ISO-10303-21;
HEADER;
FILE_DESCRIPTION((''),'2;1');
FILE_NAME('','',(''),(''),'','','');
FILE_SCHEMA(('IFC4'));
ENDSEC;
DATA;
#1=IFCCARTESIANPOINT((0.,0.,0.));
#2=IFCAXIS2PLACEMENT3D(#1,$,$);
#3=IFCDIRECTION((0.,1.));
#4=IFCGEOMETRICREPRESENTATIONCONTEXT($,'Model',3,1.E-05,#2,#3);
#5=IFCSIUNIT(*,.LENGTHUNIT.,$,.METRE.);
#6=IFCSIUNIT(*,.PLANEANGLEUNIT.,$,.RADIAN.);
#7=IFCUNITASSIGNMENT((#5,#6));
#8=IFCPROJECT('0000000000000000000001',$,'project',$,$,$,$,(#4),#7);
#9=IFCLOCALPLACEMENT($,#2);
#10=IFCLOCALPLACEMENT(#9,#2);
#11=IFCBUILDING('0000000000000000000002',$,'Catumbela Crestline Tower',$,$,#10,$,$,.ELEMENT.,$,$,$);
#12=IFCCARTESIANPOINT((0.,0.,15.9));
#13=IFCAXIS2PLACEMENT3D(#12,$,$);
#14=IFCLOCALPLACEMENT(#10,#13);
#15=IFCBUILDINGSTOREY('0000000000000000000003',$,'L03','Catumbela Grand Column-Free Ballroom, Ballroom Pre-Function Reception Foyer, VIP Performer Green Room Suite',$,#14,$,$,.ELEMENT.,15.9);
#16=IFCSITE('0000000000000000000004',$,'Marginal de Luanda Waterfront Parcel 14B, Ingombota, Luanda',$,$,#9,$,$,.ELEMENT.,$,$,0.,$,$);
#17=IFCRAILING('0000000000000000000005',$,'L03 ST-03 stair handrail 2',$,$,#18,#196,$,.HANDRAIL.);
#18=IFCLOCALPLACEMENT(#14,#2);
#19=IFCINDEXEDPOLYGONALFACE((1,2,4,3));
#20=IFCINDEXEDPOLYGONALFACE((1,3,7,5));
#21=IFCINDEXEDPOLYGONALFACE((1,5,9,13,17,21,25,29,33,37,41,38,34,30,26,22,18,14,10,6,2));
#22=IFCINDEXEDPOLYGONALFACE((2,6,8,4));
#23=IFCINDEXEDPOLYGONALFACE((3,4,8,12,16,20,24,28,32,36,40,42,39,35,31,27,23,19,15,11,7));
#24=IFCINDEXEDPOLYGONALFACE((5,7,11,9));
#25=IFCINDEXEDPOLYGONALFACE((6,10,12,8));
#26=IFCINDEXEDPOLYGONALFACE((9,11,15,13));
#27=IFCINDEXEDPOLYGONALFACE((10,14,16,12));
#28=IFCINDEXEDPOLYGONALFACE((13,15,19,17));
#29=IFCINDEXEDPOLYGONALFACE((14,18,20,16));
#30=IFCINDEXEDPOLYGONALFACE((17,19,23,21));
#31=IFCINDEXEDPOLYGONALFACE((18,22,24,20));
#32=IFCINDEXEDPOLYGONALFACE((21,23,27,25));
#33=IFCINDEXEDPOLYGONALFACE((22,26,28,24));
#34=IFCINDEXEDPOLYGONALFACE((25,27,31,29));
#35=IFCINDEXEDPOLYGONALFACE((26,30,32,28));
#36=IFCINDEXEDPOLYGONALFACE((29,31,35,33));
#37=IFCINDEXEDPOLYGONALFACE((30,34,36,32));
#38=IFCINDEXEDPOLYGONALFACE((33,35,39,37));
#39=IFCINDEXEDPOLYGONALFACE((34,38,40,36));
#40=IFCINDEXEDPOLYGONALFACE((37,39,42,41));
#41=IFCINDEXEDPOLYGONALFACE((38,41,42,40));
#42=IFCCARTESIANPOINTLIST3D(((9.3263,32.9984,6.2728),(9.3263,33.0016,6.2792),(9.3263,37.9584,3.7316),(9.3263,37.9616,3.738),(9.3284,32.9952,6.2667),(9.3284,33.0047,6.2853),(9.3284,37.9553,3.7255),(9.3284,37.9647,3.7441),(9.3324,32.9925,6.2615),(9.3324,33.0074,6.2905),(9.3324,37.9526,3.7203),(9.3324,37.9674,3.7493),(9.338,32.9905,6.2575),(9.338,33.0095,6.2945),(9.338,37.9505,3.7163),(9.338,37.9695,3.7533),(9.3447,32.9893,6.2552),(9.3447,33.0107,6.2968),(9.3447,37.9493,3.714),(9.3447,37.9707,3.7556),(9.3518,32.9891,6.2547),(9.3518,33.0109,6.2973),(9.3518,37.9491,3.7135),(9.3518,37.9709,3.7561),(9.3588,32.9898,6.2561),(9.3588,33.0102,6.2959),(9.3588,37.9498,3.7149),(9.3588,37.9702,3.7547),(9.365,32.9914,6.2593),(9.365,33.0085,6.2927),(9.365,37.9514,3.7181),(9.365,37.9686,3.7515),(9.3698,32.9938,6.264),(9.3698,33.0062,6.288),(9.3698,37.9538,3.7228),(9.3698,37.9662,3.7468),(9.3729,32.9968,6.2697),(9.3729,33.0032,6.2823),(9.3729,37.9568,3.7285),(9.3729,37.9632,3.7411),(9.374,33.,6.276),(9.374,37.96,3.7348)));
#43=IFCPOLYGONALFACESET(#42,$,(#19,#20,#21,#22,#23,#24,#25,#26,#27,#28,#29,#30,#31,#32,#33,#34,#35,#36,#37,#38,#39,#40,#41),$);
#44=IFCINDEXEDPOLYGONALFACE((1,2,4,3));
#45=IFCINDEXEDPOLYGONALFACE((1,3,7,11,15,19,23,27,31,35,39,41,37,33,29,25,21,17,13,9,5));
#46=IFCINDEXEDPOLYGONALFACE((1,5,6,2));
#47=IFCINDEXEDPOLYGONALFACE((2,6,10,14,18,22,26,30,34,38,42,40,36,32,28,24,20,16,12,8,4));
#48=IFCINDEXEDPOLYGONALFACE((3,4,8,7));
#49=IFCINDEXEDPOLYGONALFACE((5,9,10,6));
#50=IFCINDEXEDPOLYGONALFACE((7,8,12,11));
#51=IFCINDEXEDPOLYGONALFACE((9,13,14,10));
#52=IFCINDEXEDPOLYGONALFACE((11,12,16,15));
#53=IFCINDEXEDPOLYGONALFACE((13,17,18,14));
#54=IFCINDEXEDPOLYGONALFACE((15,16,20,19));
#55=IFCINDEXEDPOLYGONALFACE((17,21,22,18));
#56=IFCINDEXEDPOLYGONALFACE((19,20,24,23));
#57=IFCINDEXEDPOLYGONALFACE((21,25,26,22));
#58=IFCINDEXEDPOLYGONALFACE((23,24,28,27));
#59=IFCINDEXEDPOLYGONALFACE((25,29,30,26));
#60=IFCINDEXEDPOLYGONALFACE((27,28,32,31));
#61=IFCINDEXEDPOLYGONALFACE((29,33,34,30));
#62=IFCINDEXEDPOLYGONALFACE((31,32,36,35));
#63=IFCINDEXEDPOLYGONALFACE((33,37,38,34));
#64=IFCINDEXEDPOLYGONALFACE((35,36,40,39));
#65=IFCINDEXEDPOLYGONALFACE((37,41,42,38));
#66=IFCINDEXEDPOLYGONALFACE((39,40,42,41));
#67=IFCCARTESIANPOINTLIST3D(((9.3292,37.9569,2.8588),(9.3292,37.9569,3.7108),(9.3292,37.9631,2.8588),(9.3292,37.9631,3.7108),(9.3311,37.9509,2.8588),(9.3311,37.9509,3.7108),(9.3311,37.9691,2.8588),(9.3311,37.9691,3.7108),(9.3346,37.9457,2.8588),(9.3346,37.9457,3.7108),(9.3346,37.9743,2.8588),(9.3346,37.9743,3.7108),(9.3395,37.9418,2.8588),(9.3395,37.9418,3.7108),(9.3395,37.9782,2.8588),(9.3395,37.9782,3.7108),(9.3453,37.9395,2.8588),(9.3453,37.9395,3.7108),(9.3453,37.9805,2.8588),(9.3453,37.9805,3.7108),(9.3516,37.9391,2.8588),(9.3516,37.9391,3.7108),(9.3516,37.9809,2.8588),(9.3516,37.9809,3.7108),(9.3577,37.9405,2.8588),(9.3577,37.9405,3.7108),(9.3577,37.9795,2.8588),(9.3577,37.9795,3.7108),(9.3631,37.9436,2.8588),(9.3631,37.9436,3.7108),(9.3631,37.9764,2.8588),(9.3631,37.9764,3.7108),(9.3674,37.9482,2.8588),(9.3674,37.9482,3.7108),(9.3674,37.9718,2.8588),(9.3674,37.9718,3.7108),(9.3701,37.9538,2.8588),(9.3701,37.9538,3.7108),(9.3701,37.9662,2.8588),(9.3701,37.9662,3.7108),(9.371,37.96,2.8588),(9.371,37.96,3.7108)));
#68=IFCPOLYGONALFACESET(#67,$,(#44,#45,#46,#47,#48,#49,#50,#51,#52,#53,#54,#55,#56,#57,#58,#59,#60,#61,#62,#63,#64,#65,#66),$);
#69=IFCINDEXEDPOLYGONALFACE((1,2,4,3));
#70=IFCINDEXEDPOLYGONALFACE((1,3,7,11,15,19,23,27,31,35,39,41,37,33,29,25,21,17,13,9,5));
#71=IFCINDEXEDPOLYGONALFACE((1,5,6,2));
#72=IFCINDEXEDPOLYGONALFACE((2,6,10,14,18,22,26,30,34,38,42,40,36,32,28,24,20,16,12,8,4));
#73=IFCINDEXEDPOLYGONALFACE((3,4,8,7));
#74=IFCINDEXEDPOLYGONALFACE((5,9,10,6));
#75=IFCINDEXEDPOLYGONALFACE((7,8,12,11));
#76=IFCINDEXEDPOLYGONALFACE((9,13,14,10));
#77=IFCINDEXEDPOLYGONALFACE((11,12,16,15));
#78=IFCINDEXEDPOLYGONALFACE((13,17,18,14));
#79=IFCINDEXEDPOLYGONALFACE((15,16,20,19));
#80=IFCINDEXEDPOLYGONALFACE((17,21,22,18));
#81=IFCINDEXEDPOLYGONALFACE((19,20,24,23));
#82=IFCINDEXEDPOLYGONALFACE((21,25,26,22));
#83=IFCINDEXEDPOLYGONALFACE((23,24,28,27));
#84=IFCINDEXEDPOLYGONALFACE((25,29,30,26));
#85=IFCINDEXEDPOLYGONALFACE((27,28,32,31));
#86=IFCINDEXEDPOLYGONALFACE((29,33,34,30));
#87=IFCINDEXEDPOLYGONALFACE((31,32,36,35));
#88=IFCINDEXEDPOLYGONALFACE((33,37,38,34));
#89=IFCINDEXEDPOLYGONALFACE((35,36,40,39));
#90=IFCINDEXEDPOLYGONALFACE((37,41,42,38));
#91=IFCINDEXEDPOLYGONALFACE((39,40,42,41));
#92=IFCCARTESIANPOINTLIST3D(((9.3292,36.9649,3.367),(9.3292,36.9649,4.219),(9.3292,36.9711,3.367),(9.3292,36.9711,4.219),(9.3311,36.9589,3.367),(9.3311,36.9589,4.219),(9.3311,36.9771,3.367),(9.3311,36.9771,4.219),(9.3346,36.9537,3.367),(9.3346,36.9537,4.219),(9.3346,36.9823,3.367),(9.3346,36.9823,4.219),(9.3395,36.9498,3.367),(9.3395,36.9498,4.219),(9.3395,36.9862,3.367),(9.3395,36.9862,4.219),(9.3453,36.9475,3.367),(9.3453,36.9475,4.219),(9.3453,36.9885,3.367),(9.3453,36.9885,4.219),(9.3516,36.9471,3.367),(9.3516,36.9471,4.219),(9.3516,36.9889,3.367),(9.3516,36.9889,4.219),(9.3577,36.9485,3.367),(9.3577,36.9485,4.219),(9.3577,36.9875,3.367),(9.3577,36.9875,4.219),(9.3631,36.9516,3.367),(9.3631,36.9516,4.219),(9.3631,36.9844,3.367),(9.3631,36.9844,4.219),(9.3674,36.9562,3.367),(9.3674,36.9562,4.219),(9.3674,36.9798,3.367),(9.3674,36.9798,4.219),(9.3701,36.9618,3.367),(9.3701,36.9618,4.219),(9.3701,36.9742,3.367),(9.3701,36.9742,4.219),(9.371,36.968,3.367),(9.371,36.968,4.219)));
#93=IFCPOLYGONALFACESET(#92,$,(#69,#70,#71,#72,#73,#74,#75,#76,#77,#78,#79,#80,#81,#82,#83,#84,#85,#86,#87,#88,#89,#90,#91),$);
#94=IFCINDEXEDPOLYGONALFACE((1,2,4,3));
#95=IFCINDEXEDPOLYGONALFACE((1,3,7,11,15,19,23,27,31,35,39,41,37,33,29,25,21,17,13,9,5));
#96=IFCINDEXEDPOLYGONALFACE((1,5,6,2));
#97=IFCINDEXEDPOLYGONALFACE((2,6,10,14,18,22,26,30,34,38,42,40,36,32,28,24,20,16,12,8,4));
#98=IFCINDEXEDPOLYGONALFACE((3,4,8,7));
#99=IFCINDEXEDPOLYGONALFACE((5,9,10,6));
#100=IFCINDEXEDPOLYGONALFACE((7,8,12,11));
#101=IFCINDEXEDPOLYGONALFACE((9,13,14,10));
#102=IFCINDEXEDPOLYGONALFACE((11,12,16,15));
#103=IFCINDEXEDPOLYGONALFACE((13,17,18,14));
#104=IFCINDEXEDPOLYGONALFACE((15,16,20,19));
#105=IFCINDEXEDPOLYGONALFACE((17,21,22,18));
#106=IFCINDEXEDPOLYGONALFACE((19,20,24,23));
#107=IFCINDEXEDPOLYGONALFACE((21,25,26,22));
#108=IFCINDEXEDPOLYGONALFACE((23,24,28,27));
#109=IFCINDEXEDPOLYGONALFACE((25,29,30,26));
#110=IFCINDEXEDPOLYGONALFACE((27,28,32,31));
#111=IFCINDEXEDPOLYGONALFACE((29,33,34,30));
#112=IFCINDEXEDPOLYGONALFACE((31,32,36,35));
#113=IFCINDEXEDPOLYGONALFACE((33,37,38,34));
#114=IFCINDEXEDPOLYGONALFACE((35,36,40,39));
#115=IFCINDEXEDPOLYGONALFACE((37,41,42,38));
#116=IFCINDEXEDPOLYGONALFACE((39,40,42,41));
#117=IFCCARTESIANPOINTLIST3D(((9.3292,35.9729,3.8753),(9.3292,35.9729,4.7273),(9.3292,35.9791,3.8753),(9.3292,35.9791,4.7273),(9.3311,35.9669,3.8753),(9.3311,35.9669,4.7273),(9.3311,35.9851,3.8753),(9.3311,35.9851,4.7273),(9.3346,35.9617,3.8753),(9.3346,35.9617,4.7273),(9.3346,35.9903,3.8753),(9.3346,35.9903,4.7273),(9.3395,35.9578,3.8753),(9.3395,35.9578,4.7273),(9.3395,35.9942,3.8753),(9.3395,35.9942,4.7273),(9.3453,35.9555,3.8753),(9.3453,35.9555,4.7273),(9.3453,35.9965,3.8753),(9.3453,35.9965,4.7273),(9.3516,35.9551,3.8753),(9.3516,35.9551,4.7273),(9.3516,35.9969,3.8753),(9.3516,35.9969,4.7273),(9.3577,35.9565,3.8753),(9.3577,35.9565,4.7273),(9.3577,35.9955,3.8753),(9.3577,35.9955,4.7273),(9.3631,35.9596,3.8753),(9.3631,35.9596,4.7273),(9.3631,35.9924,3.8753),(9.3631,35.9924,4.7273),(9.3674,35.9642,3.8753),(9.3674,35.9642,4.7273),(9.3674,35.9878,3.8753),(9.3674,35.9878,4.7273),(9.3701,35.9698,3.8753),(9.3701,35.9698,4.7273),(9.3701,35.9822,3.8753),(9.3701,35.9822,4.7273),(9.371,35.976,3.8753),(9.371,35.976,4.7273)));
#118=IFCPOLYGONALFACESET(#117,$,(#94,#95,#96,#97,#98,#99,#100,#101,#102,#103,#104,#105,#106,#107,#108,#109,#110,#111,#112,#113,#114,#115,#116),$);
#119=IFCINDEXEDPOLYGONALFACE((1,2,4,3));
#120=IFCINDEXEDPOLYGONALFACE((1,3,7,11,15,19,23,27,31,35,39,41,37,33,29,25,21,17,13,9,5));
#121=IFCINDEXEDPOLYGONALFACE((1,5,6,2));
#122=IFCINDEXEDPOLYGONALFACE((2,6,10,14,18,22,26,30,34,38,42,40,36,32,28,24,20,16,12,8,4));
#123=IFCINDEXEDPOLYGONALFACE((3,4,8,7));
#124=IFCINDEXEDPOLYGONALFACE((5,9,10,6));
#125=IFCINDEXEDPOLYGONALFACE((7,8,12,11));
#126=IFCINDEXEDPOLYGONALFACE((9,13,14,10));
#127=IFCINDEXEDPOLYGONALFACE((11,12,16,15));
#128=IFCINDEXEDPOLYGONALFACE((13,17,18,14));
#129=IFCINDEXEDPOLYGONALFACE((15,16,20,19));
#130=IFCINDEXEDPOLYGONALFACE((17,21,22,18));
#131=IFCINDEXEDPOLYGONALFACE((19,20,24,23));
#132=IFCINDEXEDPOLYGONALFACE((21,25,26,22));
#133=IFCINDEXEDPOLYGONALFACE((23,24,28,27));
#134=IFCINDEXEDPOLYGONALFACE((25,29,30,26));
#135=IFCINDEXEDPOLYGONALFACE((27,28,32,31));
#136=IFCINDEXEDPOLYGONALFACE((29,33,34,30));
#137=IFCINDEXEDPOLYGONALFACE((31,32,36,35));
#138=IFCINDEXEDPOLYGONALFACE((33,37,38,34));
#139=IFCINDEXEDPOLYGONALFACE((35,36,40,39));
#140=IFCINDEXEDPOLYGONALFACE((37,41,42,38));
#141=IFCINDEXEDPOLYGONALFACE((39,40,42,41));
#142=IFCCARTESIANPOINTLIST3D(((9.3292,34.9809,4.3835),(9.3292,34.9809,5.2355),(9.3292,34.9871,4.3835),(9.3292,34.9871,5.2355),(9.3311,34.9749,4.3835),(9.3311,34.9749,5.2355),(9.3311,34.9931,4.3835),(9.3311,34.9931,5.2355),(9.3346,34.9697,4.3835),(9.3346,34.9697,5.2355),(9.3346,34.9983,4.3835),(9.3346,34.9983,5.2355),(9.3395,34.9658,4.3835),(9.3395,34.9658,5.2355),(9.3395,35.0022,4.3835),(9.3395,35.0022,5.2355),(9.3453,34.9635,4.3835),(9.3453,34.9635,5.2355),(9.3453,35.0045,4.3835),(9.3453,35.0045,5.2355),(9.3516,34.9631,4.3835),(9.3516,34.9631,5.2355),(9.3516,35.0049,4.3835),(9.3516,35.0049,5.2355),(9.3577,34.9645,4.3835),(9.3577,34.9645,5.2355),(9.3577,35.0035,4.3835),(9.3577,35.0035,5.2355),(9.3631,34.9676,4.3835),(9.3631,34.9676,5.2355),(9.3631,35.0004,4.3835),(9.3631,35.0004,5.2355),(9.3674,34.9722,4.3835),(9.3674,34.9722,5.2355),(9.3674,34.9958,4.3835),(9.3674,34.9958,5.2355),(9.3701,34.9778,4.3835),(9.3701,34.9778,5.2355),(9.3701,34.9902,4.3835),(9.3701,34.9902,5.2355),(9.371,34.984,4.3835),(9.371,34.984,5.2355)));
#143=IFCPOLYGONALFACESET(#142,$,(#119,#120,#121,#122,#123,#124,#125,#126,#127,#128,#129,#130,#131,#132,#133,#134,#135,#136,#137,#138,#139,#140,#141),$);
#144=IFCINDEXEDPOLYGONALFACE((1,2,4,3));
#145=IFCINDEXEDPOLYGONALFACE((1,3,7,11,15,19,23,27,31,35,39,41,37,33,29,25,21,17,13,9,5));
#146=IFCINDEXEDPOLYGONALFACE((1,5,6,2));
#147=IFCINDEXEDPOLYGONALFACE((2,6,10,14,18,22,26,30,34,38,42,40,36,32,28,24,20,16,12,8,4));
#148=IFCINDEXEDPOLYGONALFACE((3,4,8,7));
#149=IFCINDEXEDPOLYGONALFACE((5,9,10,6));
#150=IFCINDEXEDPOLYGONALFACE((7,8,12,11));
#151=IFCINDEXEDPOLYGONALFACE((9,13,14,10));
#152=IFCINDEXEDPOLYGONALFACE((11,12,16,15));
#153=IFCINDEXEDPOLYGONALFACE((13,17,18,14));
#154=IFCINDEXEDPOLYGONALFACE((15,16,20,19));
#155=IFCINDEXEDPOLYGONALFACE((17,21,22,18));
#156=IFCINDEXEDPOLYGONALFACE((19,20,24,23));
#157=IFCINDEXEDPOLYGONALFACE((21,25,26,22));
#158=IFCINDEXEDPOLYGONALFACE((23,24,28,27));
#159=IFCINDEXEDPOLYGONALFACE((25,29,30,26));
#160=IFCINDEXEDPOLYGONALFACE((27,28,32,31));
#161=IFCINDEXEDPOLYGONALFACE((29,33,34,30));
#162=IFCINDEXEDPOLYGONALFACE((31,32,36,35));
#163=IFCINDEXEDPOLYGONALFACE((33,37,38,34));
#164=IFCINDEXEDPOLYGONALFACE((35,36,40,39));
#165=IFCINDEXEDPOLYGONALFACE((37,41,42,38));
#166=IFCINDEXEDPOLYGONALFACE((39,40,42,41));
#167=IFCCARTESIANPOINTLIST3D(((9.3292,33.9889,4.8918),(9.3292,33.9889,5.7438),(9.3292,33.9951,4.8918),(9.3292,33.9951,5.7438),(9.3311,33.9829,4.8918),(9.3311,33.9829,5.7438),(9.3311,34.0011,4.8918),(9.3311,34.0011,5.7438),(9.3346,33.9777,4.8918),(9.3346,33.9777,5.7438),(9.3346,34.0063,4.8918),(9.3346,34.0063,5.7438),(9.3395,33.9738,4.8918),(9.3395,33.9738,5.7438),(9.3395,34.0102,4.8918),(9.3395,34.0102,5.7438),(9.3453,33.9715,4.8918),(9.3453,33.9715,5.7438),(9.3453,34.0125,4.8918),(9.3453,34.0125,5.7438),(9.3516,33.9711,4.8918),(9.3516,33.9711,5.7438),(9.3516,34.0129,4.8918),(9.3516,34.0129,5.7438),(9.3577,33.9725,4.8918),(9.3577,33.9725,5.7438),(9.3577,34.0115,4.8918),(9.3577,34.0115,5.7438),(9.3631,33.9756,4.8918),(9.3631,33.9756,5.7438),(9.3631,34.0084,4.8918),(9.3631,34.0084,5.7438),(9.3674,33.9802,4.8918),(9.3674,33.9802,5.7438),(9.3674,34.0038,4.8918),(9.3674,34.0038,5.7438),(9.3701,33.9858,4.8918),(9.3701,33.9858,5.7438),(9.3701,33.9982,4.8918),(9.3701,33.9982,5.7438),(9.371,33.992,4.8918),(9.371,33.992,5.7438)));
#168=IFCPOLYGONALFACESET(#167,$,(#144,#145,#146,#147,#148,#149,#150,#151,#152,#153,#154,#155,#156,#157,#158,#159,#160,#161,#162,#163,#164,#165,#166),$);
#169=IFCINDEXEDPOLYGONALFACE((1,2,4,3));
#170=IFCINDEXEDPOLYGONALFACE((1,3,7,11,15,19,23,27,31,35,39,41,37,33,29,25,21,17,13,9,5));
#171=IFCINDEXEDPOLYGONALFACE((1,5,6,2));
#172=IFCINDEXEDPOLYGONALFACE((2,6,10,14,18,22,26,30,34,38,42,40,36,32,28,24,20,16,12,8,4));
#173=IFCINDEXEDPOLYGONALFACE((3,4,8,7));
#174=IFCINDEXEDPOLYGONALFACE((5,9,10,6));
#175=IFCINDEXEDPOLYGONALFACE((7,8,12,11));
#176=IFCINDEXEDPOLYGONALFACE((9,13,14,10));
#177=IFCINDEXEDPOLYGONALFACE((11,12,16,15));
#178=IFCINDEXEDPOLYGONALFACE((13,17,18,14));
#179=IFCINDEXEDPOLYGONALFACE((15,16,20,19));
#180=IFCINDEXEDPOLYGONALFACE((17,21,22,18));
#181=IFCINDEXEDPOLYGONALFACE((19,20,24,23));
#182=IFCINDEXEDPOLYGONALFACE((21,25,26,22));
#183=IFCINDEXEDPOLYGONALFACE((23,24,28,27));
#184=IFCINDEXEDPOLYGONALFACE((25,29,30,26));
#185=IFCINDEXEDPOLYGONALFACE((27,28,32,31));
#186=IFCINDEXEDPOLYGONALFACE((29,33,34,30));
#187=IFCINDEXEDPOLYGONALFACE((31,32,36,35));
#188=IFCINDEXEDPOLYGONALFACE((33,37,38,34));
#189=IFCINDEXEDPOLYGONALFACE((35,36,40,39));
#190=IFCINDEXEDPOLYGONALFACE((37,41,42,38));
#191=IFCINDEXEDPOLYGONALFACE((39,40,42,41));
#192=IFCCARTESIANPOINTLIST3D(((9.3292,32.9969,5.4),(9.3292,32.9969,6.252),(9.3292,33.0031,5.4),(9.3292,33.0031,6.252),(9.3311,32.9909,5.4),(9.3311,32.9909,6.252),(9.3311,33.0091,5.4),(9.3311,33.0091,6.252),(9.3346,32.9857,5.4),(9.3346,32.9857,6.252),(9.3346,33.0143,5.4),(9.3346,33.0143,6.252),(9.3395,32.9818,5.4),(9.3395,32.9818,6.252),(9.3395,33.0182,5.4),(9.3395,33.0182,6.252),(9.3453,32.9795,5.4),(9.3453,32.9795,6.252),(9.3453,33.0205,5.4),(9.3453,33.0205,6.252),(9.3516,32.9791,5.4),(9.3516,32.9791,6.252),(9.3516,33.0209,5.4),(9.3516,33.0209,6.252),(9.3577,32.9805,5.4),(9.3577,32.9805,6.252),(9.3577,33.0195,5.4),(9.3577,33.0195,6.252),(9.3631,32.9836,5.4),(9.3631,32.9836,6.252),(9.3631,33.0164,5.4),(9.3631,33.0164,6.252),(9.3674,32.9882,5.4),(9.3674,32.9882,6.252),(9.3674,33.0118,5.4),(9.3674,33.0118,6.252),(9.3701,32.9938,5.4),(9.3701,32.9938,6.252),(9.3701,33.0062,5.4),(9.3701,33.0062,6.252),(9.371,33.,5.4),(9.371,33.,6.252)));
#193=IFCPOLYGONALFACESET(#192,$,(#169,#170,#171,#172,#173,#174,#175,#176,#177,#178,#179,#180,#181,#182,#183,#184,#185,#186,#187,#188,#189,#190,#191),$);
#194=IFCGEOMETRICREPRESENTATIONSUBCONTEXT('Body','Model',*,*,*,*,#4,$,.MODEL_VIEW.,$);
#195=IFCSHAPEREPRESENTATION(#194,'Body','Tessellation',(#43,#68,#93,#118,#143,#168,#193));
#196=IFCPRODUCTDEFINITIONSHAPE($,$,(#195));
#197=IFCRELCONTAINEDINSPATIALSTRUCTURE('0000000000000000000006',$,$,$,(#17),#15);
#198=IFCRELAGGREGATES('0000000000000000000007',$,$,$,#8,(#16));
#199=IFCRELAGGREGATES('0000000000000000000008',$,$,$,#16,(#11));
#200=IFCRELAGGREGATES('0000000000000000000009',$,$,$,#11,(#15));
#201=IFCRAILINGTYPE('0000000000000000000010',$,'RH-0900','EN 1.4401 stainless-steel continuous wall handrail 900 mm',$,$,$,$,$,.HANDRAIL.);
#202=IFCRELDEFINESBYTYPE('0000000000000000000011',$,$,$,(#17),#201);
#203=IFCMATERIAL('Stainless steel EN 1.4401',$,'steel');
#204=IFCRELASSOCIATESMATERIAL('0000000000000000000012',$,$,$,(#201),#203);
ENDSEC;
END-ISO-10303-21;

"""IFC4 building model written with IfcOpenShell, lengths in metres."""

from ifc_helpers import new_model, si_unit, direction, frame, origin, origin_2d, place, context, subcontext, project, spatial, circle, extrude, material, type_object, element, save


model = new_model("IFC4")

# Units and contexts
model_context = context("Model", 3, precision=1e-05, world=origin(), true_north=direction((0.0, 1.0)))
body_context = subcontext(model_context, "Body", "Model", "MODEL_VIEW")
ifc_project = project(units=[si_unit("LENGTHUNIT", "METRE"), si_unit("PLANEANGLEUNIT", "RADIAN")], contexts=[model_context])

# Site, building, storey
site_placement = place(None, origin())
site = spatial("IfcSite", under=ifc_project, at=site_placement, Name="Marginal de Luanda Waterfront Parcel 14B, Ingombota, Luanda", CompositionType="ELEMENT", RefElevation=0.0)
building_placement = place(site_placement, origin())
building = spatial("IfcBuilding", under=site, at=building_placement, Name="Catumbela Crestline Tower", CompositionType="ELEMENT")
storey_placement = place(building_placement, frame((0.0, 0.0, 15.9)))
storey = spatial("IfcBuildingStorey", under=building, at=storey_placement, Name="L03", Description="Catumbela Grand Column-Free Ballroom, Ballroom Pre-Function Reception Foyer, VIP Performer Green Room Suite", CompositionType="ELEMENT", Elevation=15.9)

# Shared definitions
ifc_material_1 = material(Name="Stainless steel EN 1.4401", Category="steel")

# Railing
railing_type_1 = type_object("IfcRailingType", Name="RH-0900", Description="EN 1.4401 stainless-steel continuous wall handrail 900 mm", PredefinedType="HANDRAIL", material=ifc_material_1)
railing_1_placement = place(storey_placement, frame((9.35, 37.96, 2.8588)))
element("IfcRailing", 1, at=railing_1_placement, inside=storey, type_object=railing_type_1, Name="L03 ST-03 stair handrail 2", PredefinedType="HANDRAIL", context=body_context, shape_type="SweptSolid", body=[
    extrude(circle(Radius=0.024, at=origin_2d()), frame((0.0, 0.0, 0.876), z_axis=(0.0, -0.889992, 0.455977), x_axis=(1.0, 0.0, 0.0)), (0.0, 0.0, 1.0), 5.5731),
    extrude(circle(Radius=0.021, at=origin_2d()), origin(), (0.0, 0.0, 1.0), 0.852),
    extrude(circle(Radius=0.021, at=origin_2d()), frame((0.0, -0.992, 0.5082)), (0.0, 0.0, 1.0), 0.852),
    extrude(circle(Radius=0.021, at=origin_2d()), frame((0.0, -1.984, 1.0165)), (0.0, 0.0, 1.0), 0.852),
    extrude(circle(Radius=0.021, at=origin_2d()), frame((0.0, -2.976, 1.5247)), (0.0, 0.0, 1.0), 0.852),
    extrude(circle(Radius=0.021, at=origin_2d()), frame((0.0, -3.968, 2.033)), (0.0, 0.0, 1.0), 0.852),
    extrude(circle(Radius=0.021, at=origin_2d()), frame((0.0, -4.96, 2.5412)), (0.0, 0.0, 1.0), 0.852),
])

save(model, "model.ifc")
